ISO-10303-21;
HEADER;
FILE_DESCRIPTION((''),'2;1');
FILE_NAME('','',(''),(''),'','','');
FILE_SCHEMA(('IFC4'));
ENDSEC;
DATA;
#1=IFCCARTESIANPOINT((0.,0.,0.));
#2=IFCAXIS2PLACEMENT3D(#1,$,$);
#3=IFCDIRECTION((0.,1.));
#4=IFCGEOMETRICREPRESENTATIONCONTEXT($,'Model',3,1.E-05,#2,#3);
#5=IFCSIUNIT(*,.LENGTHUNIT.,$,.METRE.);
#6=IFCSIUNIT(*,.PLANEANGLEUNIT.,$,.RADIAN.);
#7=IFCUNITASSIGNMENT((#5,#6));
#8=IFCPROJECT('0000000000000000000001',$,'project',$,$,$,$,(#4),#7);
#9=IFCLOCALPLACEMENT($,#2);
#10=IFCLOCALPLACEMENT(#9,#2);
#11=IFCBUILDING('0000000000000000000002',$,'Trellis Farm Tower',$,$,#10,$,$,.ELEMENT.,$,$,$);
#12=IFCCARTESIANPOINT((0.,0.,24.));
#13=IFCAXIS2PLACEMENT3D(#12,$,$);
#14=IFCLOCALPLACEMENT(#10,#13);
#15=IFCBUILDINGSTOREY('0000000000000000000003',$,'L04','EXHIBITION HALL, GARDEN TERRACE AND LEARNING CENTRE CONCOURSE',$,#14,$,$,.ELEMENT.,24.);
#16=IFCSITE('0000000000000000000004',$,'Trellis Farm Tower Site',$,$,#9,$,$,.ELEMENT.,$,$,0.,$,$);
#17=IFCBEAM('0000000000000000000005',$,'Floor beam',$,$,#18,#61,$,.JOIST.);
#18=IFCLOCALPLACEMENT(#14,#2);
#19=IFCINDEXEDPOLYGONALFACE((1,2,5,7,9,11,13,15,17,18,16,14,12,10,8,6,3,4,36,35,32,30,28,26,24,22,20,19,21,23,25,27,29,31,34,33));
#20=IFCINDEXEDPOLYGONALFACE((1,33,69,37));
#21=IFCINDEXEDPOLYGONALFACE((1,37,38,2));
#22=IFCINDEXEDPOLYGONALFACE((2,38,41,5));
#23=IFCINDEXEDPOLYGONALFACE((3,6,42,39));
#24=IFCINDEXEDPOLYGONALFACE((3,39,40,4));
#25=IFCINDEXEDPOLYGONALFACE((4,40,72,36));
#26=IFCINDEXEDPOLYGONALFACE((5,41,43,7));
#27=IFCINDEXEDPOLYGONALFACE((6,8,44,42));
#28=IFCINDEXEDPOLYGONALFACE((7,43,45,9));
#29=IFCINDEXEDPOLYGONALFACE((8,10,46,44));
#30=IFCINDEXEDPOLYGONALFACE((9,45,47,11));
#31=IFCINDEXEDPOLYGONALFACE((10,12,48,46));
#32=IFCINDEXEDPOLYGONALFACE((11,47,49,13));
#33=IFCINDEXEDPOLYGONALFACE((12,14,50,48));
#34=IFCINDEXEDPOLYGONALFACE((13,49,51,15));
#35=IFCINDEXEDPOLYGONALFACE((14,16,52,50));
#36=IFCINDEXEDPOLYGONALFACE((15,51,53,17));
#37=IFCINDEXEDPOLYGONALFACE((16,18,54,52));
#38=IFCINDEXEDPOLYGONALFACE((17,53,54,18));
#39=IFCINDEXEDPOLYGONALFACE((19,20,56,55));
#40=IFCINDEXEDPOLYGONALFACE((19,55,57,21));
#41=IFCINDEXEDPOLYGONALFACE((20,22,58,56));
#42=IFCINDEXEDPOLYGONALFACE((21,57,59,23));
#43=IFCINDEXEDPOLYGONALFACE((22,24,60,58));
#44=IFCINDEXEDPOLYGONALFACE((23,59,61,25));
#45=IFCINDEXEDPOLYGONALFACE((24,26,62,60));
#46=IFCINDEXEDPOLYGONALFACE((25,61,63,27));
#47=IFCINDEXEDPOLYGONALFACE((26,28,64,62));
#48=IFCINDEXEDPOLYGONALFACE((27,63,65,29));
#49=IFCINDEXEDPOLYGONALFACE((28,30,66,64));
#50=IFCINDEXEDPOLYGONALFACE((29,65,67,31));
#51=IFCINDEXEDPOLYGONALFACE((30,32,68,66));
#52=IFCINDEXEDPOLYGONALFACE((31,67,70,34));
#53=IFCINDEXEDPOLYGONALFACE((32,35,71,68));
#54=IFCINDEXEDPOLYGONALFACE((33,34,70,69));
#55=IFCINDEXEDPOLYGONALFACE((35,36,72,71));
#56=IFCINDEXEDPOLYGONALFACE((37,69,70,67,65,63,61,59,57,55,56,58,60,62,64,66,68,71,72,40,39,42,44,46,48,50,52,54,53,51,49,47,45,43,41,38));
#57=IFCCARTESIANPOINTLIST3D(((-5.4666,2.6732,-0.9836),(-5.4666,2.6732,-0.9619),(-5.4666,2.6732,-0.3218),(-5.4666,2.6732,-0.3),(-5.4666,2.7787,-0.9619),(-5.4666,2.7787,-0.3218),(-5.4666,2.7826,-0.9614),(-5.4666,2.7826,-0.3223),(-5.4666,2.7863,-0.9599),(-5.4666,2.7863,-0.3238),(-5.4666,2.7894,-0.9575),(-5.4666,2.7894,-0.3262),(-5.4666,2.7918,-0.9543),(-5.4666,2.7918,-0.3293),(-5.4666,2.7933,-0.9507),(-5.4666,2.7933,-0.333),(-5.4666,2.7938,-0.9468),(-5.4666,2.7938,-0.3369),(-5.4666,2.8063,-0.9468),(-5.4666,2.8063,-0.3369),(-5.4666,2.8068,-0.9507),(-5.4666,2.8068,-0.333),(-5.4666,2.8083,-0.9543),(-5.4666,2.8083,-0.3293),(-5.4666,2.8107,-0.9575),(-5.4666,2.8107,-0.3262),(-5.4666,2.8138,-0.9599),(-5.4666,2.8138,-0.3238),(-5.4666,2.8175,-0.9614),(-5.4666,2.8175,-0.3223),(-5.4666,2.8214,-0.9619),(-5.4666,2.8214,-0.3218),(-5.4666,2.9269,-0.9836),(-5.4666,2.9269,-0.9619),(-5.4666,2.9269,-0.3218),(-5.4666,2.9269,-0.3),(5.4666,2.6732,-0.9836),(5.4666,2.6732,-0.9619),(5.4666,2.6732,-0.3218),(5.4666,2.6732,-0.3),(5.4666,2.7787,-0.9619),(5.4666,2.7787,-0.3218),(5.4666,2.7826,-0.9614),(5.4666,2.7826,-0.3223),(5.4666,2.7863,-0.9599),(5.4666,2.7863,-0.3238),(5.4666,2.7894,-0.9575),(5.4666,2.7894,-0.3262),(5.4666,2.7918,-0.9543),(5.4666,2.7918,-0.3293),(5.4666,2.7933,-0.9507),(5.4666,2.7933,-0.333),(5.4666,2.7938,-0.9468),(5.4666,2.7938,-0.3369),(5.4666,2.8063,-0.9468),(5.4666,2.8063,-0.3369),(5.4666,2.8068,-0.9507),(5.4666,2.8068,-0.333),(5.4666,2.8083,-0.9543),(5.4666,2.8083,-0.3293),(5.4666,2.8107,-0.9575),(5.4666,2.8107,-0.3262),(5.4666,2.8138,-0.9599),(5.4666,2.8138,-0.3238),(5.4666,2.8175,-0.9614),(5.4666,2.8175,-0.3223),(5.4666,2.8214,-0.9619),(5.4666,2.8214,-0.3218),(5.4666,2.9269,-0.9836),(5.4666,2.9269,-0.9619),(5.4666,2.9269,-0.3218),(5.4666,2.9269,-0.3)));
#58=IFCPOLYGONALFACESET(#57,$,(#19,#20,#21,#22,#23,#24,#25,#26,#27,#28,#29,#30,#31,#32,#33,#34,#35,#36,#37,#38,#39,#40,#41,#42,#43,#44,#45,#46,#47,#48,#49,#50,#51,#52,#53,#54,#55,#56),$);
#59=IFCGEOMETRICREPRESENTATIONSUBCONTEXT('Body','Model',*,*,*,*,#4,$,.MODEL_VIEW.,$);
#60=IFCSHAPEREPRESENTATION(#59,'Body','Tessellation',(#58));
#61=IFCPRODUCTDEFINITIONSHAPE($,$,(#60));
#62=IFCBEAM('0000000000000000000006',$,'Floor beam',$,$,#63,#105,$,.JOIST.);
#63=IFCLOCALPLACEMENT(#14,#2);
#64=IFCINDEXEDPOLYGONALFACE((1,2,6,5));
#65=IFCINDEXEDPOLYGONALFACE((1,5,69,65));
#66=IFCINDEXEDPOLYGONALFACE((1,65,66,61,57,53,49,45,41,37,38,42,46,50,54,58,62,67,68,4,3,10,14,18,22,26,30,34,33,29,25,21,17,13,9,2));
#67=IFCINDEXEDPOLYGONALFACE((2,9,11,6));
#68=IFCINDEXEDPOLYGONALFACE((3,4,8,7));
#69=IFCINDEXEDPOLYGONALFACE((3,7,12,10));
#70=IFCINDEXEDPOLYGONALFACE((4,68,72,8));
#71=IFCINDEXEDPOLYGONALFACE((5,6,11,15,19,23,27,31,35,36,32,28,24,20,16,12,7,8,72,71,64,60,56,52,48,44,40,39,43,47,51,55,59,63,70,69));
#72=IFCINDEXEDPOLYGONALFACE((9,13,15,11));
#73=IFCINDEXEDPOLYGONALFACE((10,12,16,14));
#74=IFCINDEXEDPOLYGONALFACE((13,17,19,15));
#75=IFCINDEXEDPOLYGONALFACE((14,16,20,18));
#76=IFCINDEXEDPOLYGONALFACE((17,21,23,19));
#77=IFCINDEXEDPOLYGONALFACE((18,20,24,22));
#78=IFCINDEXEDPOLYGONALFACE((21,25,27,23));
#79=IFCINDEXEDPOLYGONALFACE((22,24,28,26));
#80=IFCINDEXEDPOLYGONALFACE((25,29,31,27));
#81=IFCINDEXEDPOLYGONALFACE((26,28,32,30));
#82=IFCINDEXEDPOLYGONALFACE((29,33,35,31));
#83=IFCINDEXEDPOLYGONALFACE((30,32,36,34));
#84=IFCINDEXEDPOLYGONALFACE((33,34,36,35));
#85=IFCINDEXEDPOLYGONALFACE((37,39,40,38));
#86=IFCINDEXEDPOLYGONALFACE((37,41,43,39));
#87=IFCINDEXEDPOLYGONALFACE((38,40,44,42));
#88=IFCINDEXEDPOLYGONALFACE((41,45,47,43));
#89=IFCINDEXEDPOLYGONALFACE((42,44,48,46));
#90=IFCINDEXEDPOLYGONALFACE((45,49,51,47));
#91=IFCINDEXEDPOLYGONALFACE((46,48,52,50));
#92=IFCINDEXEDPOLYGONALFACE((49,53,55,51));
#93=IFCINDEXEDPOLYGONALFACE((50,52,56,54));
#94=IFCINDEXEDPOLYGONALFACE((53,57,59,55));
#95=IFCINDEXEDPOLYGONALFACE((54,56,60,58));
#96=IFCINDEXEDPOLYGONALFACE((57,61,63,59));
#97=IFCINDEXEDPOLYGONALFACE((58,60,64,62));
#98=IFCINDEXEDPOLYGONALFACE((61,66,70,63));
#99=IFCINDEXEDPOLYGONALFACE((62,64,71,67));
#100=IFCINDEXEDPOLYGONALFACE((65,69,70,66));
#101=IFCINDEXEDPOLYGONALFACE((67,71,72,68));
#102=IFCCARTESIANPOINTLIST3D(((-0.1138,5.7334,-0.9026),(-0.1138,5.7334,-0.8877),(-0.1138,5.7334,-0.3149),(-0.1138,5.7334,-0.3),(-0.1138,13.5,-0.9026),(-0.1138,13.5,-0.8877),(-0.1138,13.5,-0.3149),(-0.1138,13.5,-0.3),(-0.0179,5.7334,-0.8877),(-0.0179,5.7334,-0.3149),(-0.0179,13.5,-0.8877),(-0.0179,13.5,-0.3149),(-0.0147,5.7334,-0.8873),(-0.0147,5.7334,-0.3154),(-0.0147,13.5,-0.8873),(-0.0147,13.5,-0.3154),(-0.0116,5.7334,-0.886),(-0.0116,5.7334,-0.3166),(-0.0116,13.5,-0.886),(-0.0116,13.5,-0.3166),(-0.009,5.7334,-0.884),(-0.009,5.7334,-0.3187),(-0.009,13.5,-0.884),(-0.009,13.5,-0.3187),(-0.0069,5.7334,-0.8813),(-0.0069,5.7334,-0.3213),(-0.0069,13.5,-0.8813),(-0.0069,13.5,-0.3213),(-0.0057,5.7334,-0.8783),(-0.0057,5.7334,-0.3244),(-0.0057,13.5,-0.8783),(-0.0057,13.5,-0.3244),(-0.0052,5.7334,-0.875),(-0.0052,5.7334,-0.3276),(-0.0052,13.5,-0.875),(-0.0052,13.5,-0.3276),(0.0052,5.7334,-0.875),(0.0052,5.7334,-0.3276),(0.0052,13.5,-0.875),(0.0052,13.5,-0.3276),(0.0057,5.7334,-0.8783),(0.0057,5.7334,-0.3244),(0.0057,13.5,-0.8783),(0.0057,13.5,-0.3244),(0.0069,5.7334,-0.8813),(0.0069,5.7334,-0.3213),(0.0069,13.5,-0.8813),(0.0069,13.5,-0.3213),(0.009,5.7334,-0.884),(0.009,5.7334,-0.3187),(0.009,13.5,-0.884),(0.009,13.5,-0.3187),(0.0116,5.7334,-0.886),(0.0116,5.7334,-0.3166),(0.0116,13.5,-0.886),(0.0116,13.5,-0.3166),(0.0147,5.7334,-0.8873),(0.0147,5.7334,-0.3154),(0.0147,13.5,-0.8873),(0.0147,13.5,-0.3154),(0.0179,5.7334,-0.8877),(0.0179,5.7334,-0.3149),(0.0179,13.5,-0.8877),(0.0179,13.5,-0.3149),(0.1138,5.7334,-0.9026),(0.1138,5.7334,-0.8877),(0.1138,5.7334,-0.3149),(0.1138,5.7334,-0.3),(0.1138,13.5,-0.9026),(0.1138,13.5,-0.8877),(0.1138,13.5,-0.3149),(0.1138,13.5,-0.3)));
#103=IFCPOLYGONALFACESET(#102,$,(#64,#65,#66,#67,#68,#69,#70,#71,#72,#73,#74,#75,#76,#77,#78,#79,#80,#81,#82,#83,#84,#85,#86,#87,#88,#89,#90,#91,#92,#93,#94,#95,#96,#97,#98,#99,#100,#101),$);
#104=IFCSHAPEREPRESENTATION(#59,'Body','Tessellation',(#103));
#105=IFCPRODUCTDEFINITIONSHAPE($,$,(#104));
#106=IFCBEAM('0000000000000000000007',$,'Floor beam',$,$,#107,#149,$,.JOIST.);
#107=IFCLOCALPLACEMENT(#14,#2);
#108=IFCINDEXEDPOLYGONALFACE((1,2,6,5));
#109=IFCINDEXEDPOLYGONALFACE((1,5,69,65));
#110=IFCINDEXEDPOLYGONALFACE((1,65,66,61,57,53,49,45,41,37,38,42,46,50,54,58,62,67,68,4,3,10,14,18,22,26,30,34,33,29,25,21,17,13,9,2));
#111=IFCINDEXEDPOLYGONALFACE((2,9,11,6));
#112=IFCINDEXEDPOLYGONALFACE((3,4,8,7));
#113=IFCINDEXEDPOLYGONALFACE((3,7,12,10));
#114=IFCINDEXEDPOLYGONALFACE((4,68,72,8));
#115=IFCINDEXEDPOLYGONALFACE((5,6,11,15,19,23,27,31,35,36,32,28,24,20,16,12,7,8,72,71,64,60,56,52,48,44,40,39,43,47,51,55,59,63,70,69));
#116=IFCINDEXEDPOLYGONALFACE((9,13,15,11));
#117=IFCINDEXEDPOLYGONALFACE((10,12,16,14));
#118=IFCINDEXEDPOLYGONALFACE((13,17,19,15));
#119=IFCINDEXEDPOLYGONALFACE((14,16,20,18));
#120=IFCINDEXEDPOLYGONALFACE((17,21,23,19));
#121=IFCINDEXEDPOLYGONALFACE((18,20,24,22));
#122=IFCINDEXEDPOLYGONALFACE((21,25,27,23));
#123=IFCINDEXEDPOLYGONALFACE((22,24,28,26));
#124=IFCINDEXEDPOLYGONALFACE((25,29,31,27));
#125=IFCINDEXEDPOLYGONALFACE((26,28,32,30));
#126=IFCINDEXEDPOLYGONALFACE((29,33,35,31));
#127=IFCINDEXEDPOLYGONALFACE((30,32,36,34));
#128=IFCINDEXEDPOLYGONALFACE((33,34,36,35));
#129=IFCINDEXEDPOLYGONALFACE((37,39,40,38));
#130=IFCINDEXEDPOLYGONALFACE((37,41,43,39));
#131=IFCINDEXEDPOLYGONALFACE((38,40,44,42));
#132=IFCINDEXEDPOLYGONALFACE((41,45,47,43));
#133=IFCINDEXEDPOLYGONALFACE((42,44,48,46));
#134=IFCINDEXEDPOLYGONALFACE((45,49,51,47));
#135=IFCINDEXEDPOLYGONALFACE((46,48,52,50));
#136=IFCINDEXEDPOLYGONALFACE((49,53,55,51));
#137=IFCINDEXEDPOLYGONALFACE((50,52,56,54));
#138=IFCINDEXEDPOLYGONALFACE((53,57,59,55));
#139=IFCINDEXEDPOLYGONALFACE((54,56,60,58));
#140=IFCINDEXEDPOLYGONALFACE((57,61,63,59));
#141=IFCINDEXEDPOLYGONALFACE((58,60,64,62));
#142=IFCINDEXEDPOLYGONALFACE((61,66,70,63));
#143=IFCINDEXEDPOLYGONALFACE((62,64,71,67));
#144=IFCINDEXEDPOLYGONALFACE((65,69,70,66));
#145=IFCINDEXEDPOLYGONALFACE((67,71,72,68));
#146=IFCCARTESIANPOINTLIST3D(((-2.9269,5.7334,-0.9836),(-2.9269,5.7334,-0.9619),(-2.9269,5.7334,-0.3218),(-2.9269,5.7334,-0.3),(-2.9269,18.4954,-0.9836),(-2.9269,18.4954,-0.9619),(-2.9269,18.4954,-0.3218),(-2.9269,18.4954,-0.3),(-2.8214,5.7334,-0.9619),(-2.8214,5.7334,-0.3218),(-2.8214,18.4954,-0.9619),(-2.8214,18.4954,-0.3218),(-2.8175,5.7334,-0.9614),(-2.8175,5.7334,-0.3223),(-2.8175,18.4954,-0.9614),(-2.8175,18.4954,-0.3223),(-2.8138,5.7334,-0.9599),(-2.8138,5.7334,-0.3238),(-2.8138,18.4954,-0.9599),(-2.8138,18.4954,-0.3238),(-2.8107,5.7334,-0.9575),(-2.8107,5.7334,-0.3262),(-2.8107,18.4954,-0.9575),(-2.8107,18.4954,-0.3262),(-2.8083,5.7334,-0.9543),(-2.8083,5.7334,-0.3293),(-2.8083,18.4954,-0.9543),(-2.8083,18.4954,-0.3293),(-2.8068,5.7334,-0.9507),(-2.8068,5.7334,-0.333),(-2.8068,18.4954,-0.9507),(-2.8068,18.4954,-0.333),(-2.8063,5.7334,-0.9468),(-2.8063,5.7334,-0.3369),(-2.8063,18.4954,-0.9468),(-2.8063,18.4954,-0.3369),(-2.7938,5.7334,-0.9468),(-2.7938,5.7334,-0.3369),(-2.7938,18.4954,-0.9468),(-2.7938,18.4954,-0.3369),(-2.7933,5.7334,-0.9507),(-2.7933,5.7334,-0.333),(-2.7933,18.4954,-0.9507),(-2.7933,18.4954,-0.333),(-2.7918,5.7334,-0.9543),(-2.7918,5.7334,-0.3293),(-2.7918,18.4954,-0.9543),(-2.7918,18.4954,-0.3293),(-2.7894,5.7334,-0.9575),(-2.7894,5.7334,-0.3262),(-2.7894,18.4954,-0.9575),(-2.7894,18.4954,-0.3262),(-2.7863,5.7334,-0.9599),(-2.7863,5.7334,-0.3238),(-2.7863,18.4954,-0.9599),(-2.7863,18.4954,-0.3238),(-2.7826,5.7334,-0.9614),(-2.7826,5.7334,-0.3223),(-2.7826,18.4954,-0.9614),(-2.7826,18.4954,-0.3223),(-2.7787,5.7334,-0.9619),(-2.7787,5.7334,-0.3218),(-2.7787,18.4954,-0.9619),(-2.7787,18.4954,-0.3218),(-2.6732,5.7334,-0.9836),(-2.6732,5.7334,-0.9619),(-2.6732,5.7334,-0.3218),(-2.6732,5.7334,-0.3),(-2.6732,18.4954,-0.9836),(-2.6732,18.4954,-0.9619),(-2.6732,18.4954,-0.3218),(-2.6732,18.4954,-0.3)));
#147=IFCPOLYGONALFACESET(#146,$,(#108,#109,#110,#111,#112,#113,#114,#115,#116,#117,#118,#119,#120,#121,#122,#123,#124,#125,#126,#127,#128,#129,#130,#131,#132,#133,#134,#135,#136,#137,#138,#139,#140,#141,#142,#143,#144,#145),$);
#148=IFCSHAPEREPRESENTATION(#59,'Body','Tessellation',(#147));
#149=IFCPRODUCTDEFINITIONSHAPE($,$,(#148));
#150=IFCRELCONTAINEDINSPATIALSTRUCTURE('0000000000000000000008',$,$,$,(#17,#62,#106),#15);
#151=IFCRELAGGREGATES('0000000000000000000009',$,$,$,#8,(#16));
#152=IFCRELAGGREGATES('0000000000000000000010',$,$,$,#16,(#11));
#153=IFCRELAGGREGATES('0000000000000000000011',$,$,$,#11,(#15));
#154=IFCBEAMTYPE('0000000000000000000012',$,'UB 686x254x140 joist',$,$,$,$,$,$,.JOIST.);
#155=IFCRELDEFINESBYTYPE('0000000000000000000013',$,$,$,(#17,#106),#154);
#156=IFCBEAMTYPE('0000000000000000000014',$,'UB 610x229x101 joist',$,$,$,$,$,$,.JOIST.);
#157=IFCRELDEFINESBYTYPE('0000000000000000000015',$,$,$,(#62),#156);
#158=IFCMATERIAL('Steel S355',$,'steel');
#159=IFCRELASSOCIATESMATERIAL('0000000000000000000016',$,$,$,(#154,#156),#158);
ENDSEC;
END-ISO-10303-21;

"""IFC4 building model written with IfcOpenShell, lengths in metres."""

from ifc_helpers import new_model, si_unit, direction, frame, origin, origin_2d, place, context, subcontext, project, spatial, i_section, extrude, source, transform, mapped, material, material_profile, profile_set, type_object, element, save


model = new_model("IFC4")

# Units and contexts
model_context = context("Model", 3, precision=1e-05, world=origin(), true_north=direction((0.0, 1.0)))
body_context = subcontext(model_context, "Body", "Model", "MODEL_VIEW")
ifc_project = project(units=[si_unit("LENGTHUNIT", "METRE"), si_unit("PLANEANGLEUNIT", "RADIAN")], contexts=[model_context])

# Site, building, storey
site_placement = place(None, origin())
site = spatial("IfcSite", under=ifc_project, at=site_placement, Name="Trellis Farm Tower Site", CompositionType="ELEMENT", RefElevation=0.0)
building_placement = place(site_placement, origin())
building = spatial("IfcBuilding", under=site, at=building_placement, Name="Trellis Farm Tower", CompositionType="ELEMENT")
storey_placement = place(building_placement, frame((0.0, 0.0, 24.0)))
storey = spatial("IfcBuildingStorey", under=building, at=storey_placement, Name="L04", Description="EXHIBITION HALL, GARDEN TERRACE AND LEARNING CENTRE CONCOURSE", CompositionType="ELEMENT", Elevation=24.0)

# Beams
ifc_material_1 = material(Name="Steel S355", Category="steel")
ifc_material_profile_1 = material_profile(ifc_material_1, i_section(OverallWidth=0.2537, OverallDepth=0.6836, WebThickness=0.0125, FlangeThickness=0.0217, FilletRadius=0.0151, at=origin_2d()), Name="UB 686x254x140")
ifc_profile_set_1 = profile_set([ifc_material_profile_1], Name="Steel S355")
beam_type_1 = type_object("IfcBeamType", Name="UB 686x254x140 joist", PredefinedType="JOIST", material=ifc_profile_set_1)
shared_shape_1 = source(origin(), body_context, "Body", "SweptSolid", [
    extrude(i_section(OverallWidth=0.2537, OverallDepth=0.6836, WebThickness=0.0125, FlangeThickness=0.0217, FilletRadius=0.0151, at=origin_2d()), origin(), (0.0, 0.0, 1.0), 10.9331),
])
beam_1_placement = place(storey_placement, frame((-5.4666, 2.8, -0.6418), z_axis=(1.0, 0.0, 0.0), x_axis=(0.0, 1.0, 0.0)))
element("IfcBeam", 1, at=beam_1_placement, inside=storey, type_object=beam_type_1, Name="Floor beam", PredefinedType="JOIST", context=body_context, shape_type="MappedRepresentation", body=[
    mapped(shared_shape_1, transform((0.0, 0.0, 0.0))),
])
ifc_material_profile_2 = material_profile(ifc_material_1, i_section(OverallWidth=0.2275, OverallDepth=0.6025, WebThickness=0.0105, FlangeThickness=0.0149, FilletRadius=0.0127, at=origin_2d()), Name="UB 610x229x101")
ifc_profile_set_2 = profile_set([ifc_material_profile_2], Name="Steel S355")
beam_type_2 = type_object("IfcBeamType", Name="UB 610x229x101 joist", PredefinedType="JOIST", material=ifc_profile_set_2)
shared_shape_2 = source(origin(), body_context, "Body", "SweptSolid", [
    extrude(i_section(OverallWidth=0.2275, OverallDepth=0.6025, WebThickness=0.0105, FlangeThickness=0.0149, FilletRadius=0.0127, at=origin_2d()), origin(), (0.0, 0.0, 1.0), 7.7666),
])
beam_2_placement = place(storey_placement, frame((0.0, 5.7334, -0.6013), z_axis=(0.0, 1.0, 0.0), x_axis=(-1.0, 0.0, 0.0)))
element("IfcBeam", 2, at=beam_2_placement, inside=storey, type_object=beam_type_2, Name="Floor beam", PredefinedType="JOIST", context=body_context, shape_type="MappedRepresentation", body=[
    mapped(shared_shape_2, transform((0.0, 0.0, 0.0))),
])
shared_shape_3 = source(origin(), body_context, "Body", "SweptSolid", [
    extrude(i_section(OverallWidth=0.2537, OverallDepth=0.6836, WebThickness=0.0125, FlangeThickness=0.0217, FilletRadius=0.0151, at=origin_2d()), origin(), (0.0, 0.0, 1.0), 12.762),
])
beam_3_placement = place(storey_placement, frame((-2.8, 5.7334, -0.6418), z_axis=(0.0, 1.0, 0.0), x_axis=(-1.0, 0.0, 0.0)))
element("IfcBeam", 3, at=beam_3_placement, inside=storey, type_object=beam_type_1, Name="Floor beam", PredefinedType="JOIST", context=body_context, shape_type="MappedRepresentation", body=[
    mapped(shared_shape_3, transform((0.0, 0.0, 0.0))),
])

save(model, "model.ifc")
